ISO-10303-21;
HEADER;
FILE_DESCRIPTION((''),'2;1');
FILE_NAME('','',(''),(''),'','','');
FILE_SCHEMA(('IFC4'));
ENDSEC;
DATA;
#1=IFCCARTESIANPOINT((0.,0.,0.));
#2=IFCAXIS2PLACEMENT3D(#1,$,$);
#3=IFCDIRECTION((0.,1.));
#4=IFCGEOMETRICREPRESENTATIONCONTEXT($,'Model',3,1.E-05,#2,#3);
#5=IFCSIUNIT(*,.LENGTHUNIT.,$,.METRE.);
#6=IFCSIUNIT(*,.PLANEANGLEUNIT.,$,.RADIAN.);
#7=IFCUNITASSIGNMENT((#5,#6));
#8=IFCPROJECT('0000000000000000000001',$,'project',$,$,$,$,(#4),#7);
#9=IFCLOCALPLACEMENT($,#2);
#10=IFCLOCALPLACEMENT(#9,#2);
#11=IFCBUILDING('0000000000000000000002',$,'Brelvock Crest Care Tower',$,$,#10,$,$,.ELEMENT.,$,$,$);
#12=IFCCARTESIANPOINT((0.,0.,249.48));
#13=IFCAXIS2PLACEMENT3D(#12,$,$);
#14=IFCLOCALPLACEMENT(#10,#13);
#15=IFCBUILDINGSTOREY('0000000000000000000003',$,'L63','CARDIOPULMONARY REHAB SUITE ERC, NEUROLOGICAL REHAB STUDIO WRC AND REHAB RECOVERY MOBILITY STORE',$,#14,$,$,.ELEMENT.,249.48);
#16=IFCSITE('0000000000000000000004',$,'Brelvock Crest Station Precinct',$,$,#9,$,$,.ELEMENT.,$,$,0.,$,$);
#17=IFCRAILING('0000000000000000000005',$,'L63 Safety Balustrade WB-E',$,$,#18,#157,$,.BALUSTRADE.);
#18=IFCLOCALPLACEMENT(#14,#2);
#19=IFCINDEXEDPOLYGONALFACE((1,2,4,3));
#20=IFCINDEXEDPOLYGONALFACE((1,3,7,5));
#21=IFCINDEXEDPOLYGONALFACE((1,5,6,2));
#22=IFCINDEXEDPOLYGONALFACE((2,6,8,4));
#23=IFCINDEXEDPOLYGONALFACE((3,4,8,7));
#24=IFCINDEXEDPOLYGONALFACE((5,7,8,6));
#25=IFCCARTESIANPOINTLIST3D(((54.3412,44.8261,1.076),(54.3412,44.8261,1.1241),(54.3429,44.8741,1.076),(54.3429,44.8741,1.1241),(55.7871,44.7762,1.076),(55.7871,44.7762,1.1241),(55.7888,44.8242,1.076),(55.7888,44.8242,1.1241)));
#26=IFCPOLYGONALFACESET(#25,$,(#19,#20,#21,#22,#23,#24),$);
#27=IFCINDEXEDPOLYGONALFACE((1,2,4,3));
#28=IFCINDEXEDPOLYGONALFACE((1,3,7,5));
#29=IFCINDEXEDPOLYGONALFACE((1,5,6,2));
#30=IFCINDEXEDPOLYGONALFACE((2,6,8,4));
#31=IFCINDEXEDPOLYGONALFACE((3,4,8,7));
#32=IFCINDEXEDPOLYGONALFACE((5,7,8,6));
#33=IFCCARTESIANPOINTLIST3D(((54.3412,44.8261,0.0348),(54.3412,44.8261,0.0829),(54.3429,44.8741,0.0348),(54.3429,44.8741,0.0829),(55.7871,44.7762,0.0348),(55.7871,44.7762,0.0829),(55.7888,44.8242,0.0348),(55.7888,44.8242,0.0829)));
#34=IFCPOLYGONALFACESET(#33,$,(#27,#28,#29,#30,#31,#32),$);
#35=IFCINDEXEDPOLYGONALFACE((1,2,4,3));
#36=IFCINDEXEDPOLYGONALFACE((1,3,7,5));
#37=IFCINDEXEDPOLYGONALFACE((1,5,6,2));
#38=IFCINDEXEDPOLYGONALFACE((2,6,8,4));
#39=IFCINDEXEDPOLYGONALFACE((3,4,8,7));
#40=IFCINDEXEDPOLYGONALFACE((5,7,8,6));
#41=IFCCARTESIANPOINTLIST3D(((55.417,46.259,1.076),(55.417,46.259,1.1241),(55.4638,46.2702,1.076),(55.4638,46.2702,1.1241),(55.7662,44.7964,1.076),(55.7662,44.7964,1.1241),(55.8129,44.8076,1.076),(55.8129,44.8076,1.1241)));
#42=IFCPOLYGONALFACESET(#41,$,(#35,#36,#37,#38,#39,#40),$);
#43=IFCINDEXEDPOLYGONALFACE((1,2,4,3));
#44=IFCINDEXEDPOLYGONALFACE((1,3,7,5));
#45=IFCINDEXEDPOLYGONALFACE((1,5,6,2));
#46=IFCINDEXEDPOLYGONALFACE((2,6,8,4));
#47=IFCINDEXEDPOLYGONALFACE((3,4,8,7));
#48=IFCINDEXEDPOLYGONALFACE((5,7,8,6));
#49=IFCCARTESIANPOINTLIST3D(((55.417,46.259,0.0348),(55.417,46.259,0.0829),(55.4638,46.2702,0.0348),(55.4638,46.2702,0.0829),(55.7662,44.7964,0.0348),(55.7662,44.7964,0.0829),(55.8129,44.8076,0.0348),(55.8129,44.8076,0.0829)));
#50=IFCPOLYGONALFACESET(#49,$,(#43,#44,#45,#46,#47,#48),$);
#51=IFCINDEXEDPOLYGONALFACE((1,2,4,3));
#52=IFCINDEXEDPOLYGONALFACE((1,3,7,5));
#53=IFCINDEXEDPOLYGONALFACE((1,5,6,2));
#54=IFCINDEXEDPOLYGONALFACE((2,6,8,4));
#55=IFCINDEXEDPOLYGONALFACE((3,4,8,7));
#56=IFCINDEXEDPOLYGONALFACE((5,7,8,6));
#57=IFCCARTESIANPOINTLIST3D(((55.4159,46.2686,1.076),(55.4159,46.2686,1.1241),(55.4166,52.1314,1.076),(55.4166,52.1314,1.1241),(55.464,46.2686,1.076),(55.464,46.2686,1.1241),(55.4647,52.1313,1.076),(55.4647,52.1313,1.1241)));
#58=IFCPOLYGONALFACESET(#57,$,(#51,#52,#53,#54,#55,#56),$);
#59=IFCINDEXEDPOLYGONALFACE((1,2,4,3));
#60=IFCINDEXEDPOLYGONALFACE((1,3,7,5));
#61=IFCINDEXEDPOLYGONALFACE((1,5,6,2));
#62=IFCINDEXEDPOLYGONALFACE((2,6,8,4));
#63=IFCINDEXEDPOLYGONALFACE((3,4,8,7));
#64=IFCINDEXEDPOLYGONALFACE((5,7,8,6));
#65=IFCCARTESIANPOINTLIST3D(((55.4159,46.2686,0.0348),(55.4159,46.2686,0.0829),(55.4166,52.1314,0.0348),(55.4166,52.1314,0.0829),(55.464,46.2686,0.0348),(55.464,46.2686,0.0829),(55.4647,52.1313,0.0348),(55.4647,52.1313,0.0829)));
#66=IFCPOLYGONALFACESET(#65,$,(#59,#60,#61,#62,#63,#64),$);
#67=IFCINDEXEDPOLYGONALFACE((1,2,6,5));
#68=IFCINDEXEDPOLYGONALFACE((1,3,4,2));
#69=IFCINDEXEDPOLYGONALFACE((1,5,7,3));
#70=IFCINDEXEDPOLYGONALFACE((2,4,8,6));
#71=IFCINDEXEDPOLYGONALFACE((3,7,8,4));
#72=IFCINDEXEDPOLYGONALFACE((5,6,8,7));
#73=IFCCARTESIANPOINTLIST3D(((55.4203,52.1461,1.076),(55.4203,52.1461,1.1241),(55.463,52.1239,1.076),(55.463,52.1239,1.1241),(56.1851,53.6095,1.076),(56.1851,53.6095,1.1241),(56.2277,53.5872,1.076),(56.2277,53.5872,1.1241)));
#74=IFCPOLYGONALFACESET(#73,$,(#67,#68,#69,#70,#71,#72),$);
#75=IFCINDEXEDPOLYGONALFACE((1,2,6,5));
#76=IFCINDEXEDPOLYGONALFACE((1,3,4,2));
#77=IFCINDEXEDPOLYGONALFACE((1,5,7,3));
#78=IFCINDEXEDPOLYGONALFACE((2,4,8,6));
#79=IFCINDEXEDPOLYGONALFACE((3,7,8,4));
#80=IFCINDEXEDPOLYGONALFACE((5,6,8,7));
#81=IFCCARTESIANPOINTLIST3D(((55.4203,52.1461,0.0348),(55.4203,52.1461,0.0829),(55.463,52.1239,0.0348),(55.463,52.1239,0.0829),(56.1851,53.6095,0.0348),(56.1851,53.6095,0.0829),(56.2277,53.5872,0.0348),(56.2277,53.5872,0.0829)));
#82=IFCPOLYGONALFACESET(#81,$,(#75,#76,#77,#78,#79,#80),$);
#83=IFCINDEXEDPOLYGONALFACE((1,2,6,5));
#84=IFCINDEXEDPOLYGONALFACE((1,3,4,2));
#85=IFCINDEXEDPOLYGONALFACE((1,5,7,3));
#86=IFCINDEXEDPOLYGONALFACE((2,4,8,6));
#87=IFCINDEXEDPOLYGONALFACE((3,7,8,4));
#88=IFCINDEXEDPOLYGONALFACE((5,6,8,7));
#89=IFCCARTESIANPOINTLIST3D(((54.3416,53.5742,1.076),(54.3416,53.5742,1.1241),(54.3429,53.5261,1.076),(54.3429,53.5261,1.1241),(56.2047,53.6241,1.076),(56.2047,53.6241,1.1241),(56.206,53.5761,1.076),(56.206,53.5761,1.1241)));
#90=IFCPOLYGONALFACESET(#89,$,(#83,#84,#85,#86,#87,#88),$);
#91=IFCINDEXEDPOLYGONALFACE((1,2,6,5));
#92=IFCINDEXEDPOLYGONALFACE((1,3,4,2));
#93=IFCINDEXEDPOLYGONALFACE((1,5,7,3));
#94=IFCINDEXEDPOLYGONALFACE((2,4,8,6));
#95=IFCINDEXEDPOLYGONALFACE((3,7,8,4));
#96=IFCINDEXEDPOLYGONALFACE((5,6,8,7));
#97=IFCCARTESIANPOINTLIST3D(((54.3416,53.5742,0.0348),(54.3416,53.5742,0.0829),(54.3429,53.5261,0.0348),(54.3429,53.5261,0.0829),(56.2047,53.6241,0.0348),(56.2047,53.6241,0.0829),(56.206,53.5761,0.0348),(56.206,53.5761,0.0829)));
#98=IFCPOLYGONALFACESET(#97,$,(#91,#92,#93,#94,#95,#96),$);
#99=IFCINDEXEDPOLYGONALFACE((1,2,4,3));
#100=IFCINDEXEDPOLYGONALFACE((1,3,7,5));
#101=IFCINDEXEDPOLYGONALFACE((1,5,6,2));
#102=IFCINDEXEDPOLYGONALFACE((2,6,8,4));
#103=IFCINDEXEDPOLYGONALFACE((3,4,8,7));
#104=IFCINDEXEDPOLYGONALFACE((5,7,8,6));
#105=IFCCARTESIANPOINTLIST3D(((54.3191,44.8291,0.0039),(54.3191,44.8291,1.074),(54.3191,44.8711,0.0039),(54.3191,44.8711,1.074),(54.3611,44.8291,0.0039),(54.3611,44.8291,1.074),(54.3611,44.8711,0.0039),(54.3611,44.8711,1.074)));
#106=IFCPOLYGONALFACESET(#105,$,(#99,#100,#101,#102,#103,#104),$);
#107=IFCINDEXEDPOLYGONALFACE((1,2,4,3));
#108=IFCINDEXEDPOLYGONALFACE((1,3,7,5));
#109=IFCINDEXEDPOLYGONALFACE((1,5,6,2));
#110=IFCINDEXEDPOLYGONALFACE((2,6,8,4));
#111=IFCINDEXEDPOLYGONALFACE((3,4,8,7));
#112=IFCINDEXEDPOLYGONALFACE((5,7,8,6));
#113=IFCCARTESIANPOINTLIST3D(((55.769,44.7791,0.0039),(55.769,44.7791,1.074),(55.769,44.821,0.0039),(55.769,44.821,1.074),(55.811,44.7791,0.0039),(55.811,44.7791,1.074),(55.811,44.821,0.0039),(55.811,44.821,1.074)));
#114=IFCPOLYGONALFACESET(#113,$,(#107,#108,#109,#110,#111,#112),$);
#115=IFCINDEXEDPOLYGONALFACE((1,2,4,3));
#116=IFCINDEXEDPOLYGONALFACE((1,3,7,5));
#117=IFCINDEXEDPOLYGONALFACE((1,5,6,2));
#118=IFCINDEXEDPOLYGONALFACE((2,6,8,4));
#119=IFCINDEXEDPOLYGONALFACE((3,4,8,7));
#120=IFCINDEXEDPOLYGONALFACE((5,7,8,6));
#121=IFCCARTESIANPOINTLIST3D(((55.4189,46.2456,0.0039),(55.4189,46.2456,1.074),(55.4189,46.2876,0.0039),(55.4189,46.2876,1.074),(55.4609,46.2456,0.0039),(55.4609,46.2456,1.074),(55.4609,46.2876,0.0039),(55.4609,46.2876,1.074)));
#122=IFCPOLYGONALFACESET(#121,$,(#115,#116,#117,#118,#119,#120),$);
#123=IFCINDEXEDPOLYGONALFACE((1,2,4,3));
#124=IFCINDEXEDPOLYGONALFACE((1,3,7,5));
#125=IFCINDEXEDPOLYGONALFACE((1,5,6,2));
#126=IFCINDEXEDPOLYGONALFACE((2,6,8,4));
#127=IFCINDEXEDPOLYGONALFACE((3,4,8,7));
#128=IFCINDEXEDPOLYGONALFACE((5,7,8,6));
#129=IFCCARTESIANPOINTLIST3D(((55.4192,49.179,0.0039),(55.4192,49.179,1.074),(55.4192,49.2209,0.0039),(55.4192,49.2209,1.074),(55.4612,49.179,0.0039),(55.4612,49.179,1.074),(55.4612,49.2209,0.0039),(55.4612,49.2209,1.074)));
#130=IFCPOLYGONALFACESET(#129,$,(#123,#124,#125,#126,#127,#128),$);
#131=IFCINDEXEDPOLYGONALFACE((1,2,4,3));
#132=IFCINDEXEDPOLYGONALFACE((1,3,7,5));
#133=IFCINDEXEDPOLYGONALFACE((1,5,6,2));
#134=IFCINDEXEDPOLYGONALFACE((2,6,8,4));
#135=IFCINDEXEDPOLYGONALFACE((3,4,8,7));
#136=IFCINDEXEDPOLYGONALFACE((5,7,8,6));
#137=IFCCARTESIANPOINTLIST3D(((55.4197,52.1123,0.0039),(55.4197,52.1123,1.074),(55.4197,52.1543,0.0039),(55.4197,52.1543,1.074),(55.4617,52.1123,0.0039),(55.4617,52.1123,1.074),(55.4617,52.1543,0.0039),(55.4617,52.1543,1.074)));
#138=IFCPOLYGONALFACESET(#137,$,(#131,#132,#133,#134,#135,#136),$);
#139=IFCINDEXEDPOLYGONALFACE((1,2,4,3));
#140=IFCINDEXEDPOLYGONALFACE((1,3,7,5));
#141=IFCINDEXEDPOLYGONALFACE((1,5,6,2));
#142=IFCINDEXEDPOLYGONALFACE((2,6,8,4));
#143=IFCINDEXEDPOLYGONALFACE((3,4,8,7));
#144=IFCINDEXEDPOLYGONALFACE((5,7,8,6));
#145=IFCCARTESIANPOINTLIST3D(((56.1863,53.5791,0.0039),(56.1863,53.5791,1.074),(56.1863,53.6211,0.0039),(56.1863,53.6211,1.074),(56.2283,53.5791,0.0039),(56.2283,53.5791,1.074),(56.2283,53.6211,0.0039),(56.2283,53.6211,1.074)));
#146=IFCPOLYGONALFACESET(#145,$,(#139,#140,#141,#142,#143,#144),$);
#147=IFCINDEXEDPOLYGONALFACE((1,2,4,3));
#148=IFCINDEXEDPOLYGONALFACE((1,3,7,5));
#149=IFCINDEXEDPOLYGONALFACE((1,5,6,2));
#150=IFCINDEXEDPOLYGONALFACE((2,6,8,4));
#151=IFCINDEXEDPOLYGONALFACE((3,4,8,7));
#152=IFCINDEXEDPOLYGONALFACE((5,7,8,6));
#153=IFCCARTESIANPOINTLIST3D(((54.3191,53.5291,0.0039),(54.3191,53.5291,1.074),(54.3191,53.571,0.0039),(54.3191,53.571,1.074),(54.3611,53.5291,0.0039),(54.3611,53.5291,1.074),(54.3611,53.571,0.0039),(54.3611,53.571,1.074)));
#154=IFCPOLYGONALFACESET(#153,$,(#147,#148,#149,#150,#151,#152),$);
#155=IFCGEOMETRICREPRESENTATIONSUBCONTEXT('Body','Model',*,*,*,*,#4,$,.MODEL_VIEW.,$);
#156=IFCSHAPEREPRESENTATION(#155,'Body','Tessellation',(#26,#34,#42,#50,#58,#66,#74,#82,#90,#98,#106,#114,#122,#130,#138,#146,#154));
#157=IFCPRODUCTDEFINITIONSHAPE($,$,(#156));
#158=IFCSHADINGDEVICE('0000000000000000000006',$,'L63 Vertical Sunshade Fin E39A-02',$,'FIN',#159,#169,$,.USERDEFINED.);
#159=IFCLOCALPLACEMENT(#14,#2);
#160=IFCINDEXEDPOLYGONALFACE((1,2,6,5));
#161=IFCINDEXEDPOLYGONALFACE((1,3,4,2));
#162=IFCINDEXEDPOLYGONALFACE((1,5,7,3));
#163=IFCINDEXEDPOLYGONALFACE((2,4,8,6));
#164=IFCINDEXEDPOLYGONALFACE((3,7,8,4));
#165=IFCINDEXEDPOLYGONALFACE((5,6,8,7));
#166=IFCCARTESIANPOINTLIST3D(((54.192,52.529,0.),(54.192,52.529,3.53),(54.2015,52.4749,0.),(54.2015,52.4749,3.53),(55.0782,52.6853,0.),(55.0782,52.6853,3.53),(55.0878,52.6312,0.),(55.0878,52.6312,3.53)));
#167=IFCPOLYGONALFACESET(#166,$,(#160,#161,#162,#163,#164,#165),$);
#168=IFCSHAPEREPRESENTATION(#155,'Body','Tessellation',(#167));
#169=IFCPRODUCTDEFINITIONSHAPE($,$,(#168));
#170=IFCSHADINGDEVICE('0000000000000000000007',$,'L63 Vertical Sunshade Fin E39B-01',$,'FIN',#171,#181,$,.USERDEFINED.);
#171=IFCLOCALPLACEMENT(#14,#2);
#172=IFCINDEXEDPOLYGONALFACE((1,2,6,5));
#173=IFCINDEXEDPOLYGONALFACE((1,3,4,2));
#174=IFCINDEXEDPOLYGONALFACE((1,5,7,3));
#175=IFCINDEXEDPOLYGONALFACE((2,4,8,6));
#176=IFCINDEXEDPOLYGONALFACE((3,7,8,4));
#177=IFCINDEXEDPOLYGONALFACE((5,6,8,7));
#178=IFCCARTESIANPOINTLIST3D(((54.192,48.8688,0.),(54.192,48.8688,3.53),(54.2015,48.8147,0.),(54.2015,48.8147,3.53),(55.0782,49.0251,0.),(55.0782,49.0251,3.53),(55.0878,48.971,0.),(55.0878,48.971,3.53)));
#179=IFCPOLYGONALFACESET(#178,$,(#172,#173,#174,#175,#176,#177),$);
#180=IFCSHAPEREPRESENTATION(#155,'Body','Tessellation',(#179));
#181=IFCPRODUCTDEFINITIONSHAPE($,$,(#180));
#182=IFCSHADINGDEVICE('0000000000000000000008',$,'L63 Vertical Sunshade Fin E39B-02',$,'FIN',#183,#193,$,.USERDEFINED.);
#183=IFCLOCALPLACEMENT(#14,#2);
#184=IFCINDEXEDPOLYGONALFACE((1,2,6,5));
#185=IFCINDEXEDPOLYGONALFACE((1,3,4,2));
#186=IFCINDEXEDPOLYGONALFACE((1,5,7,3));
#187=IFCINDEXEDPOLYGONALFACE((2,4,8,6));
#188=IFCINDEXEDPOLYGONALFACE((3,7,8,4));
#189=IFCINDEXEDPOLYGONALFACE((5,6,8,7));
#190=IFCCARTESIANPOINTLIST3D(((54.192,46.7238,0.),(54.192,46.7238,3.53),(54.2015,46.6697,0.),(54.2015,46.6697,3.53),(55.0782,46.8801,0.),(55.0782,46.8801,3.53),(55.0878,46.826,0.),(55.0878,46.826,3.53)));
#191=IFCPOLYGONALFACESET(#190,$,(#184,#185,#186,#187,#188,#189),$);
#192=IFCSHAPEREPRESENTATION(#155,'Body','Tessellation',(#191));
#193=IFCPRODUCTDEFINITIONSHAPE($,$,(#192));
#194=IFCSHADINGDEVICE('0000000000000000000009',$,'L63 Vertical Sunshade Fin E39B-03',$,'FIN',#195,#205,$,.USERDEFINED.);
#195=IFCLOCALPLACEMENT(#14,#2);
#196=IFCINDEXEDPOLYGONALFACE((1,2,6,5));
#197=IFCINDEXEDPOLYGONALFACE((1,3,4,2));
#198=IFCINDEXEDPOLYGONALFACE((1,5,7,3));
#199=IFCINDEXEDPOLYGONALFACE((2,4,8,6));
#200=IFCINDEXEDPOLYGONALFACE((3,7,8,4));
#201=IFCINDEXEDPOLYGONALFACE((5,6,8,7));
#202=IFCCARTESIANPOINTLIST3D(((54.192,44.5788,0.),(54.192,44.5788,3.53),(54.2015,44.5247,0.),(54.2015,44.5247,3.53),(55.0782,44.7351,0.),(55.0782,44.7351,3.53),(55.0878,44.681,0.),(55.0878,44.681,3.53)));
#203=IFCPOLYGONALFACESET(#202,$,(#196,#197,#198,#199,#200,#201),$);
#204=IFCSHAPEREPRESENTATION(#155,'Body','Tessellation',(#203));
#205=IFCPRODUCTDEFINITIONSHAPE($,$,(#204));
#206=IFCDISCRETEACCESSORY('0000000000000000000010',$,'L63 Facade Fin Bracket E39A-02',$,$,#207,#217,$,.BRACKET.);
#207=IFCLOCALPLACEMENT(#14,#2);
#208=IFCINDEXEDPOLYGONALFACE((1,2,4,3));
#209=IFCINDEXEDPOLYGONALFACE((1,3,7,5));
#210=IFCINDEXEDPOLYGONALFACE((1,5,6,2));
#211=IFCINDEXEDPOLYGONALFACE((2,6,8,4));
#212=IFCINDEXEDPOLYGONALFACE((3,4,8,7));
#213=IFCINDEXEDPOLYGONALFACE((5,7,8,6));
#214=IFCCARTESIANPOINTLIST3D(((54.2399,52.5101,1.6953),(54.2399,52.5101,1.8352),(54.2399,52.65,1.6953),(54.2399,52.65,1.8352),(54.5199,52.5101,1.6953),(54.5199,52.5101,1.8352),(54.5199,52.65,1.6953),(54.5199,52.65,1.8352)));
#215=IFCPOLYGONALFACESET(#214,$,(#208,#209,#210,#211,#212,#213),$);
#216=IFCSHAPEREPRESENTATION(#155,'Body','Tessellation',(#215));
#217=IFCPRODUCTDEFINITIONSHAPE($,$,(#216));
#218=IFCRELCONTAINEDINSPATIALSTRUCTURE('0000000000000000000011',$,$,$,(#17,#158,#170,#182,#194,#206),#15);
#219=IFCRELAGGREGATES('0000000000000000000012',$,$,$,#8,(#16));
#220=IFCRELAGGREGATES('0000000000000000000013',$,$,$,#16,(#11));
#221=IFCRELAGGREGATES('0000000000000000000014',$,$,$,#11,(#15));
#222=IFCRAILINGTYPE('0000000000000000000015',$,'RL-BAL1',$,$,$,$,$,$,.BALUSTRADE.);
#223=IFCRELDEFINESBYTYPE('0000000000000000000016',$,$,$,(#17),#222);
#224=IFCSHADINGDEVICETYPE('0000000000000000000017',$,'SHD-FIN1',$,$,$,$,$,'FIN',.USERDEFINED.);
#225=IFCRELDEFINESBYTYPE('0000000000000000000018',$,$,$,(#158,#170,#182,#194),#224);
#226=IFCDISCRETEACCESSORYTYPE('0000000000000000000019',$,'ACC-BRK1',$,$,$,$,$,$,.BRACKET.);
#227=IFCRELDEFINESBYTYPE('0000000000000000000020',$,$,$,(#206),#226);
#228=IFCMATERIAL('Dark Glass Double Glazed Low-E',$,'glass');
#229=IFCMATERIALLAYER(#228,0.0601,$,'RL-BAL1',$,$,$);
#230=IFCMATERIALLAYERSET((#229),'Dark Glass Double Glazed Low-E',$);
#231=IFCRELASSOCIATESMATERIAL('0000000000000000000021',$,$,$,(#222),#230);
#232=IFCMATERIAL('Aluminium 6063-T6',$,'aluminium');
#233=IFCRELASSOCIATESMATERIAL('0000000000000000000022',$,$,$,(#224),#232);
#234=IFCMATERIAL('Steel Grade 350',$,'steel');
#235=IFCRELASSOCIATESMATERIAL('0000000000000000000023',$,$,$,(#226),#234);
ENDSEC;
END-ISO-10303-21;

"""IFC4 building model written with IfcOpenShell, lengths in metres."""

from ifc_helpers import new_model, si_unit, direction, frame, origin, origin_2d, place, context, subcontext, project, spatial, rectangle, extrude, source, transform, mapped, material, layer, layer_set, material_profile, profile_set, type_object, element, save


model = new_model("IFC4")

# Units and contexts
model_context = context("Model", 3, precision=1e-05, world=origin(), true_north=direction((0.0, 1.0)))
body_context = subcontext(model_context, "Body", "Model", "MODEL_VIEW")
ifc_project = project(units=[si_unit("LENGTHUNIT", "METRE"), si_unit("PLANEANGLEUNIT", "RADIAN")], contexts=[model_context])

# Site, building, storey
site_placement = place(None, origin())
site = spatial("IfcSite", under=ifc_project, at=site_placement, Name="Brelvock Crest Station Precinct", CompositionType="ELEMENT", RefElevation=0.0)
building_placement = place(site_placement, origin())
building = spatial("IfcBuilding", under=site, at=building_placement, Name="Brelvock Crest Care Tower", CompositionType="ELEMENT")
storey_placement = place(building_placement, frame((0.0, 0.0, 249.48)))
storey = spatial("IfcBuildingStorey", under=building, at=storey_placement, Name="L63", Description="CARDIOPULMONARY REHAB SUITE ERC, NEUROLOGICAL REHAB STUDIO WRC AND REHAB RECOVERY MOBILITY STORE", CompositionType="ELEMENT", Elevation=249.48)

# Shared definitions
ifc_material_1 = material(Name="Steel Grade 350", Category="steel")

# Shared definitions
ifc_material_2 = material(Name="Dark Glass Double Glazed Low-E", Category="glass")
ifc_material_3 = material(Name="Aluminium 6063-T6", Category="aluminium")

# Railing
ifc_layer_1 = layer(ifc_material_2, 0.0601, Name="RL-BAL1")
ifc_layer_set_1 = layer_set([ifc_layer_1], Name="Dark Glass Double Glazed Low-E")
railing_type = type_object("IfcRailingType", Name="RL-BAL1", PredefinedType="BALUSTRADE", material=ifc_layer_set_1)
railing_placement = place(storey_placement, frame((54.3401, 44.8501, 0.0039)))
element("IfcRailing", 1, at=railing_placement, inside=storey, type_object=railing_type, Name="L63 Safety Balustrade WB-E", PredefinedType="BALUSTRADE", context=body_context, shape_type="SweptSolid", body=[
    extrude(rectangle(XDim=0.0481, YDim=0.0481, at=origin_2d()), frame((0.002, 0.0, 1.0962), z_axis=(0.999405, -0.034497, 0.0), x_axis=(0.034497, 0.999405, 0.0)), (0.0, 0.0, 1.0), 1.4468),
    extrude(rectangle(XDim=0.0481, YDim=0.0481, at=origin_2d()), frame((0.002, 0.0, 0.0549), z_axis=(0.999405, -0.034497, 0.0), x_axis=(0.034497, 0.999405, 0.0)), (0.0, 0.0, 1.0), 1.4468),
    extrude(rectangle(XDim=0.0481, YDim=0.0481, at=origin_2d()), frame((1.4495, -0.0481, 1.0962), z_axis=(-0.232197, 0.972669, 0.0), x_axis=(-0.972669, -0.232197, 0.0)), (0.0, 0.0, 1.0), 1.5037),
    extrude(rectangle(XDim=0.0481, YDim=0.0481, at=origin_2d()), frame((1.4495, -0.0481, 0.0549), z_axis=(-0.232197, 0.972669, 0.0), x_axis=(-0.972669, -0.232197, 0.0)), (0.0, 0.0, 1.0), 1.5037),
    extrude(rectangle(XDim=0.0481, YDim=0.0481, at=origin_2d()), frame((1.0999, 1.4185, 1.0962), z_axis=(0.000125, 1.0, 0.0), x_axis=(-1.0, 0.000125, 0.0)), (0.0, 0.0, 1.0), 5.8628),
    extrude(rectangle(XDim=0.0481, YDim=0.0481, at=origin_2d()), frame((1.0999, 1.4185, 0.0549), z_axis=(0.000125, 1.0, 0.0), x_axis=(-1.0, 0.000125, 0.0)), (0.0, 0.0, 1.0), 5.8628),
    extrude(rectangle(XDim=0.0481, YDim=0.0481, at=origin_2d()), frame((1.1016, 7.2849, 1.0962), z_axis=(0.463191, 0.886258, 0.0), x_axis=(-0.886258, 0.463191, 0.0)), (0.0, 0.0, 1.0), 1.6511),
    extrude(rectangle(XDim=0.0481, YDim=0.0481, at=origin_2d()), frame((1.1016, 7.2849, 0.0549), z_axis=(0.463191, 0.886258, 0.0), x_axis=(-0.886258, 0.463191, 0.0)), (0.0, 0.0, 1.0), 1.6511),
    extrude(rectangle(XDim=0.0481, YDim=0.0481, at=origin_2d()), frame((1.8652, 8.75, 1.0962), z_axis=(-0.999641, -0.026795, 0.0), x_axis=(0.026795, -0.999641, 0.0)), (0.0, 0.0, 1.0), 1.8638),
    extrude(rectangle(XDim=0.0481, YDim=0.0481, at=origin_2d()), frame((1.8652, 8.75, 0.0549), z_axis=(-0.999641, -0.026795, 0.0), x_axis=(0.026795, -0.999641, 0.0)), (0.0, 0.0, 1.0), 1.8638),
    extrude(rectangle(XDim=0.042, YDim=0.042, at=origin_2d()), origin(), (0.0, 0.0, 1.0), 1.0701),
    extrude(rectangle(XDim=0.042, YDim=0.042, at=origin_2d()), frame((1.45, -0.05, 0.0)), (0.0, 0.0, 1.0), 1.0701),
    extrude(rectangle(XDim=0.042, YDim=0.042, at=origin_2d()), frame((1.0999, 1.4165, 0.0)), (0.0, 0.0, 1.0), 1.0701),
    extrude(rectangle(XDim=0.042, YDim=0.042, at=origin_2d()), frame((1.1001, 4.3499, 0.0)), (0.0, 0.0, 1.0), 1.0701),
    extrude(rectangle(XDim=0.042, YDim=0.042, at=origin_2d()), frame((1.1006, 7.2832, 0.0)), (0.0, 0.0, 1.0), 1.0701),
    extrude(rectangle(XDim=0.042, YDim=0.042, at=origin_2d()), frame((1.8672, 8.75, 0.0)), (0.0, 0.0, 1.0), 1.0701),
    extrude(rectangle(XDim=0.042, YDim=0.042, at=origin_2d()), frame((0.0, 8.7, 0.0)), (0.0, 0.0, 1.0), 1.0701),
])

# Shading devices
ifc_material_profile_1 = material_profile(ifc_material_3, rectangle(XDim=0.0549, YDim=0.8999, at=origin_2d()), Name="FIN55x900")
ifc_profile_set_1 = profile_set([ifc_material_profile_1], Name="Aluminium 6063-T6")
shading_device_type = type_object("IfcShadingDeviceType", Name="SHD-FIN1", ElementType="FIN", PredefinedType="USERDEFINED", material=ifc_profile_set_1)
shared_shape_1 = source(origin(), body_context, "Body", "SweptSolid", [
    extrude(rectangle(XDim=0.0549, YDim=0.8999, at=origin_2d()), origin(), (0.0, 0.0, 1.0), 3.53),
])
for number, where, z_axis, x_axis, name in (
    (2, (54.6399, 52.5801, 0.0), (0.0, 0.0, 1.0), (0.173648, -0.984808, 0.0), "L63 Vertical Sunshade Fin E39A-02"),
    (3, (54.6399, 48.9199, 0.0), (0.0, 0.0, 1.0), (0.173648, -0.984808, 0.0), "L63 Vertical Sunshade Fin E39B-01"),
    (4, (54.6399, 46.7749, 0.0), (0.0, 0.0, 1.0), (0.173648, -0.984808, 0.0), "L63 Vertical Sunshade Fin E39B-02"),
    (5, (54.6399, 44.6299, 0.0), (0.0, 0.0, 1.0), (0.173648, -0.984808, 0.0), "L63 Vertical Sunshade Fin E39B-03"),
):
    element("IfcShadingDevice", number, at=place(storey_placement, frame(where, z_axis=z_axis, x_axis=x_axis)), inside=storey, type_object=shading_device_type, Name=name, ObjectType="FIN", PredefinedType="USERDEFINED", context=body_context, shape_type="MappedRepresentation", body=[
        mapped(shared_shape_1, transform((0.0, 0.0, 0.0), x_axis=(1.0, 0.0, 0.0), y_axis=(0.0, 1.0, 0.0), z_axis=(0.0, 0.0, 1.0), scale=1.0)),
    ])

# Discrete accessory
discrete_accessory_type = type_object("IfcDiscreteAccessoryType", Name="ACC-BRK1", PredefinedType="BRACKET", material=ifc_material_1)
shared_shape_2 = source(origin(), body_context, "Body", "SweptSolid", [
    extrude(rectangle(XDim=0.28, YDim=0.1399, at=origin_2d()), origin(), (0.0, 0.0, 1.0), 0.1399),
])
for number, where, z_axis, x_axis, name in (
    (6, (54.3799, 52.5801, 1.6953), (0.0, 0.0, 1.0), (1.0, 0.0, 0.0), "L63 Facade Fin Bracket E39A-02"),
):
    element("IfcDiscreteAccessory", number, at=place(storey_placement, frame(where, z_axis=z_axis, x_axis=x_axis)), inside=storey, type_object=discrete_accessory_type, Name=name, PredefinedType="BRACKET", context=body_context, shape_type="MappedRepresentation", body=[
        mapped(shared_shape_2, transform((0.0, 0.0, 0.0), x_axis=(1.0, 0.0, 0.0), y_axis=(0.0, 1.0, 0.0), z_axis=(0.0, 0.0, 1.0), scale=1.0)),
    ])

save(model, "model.ifc")
